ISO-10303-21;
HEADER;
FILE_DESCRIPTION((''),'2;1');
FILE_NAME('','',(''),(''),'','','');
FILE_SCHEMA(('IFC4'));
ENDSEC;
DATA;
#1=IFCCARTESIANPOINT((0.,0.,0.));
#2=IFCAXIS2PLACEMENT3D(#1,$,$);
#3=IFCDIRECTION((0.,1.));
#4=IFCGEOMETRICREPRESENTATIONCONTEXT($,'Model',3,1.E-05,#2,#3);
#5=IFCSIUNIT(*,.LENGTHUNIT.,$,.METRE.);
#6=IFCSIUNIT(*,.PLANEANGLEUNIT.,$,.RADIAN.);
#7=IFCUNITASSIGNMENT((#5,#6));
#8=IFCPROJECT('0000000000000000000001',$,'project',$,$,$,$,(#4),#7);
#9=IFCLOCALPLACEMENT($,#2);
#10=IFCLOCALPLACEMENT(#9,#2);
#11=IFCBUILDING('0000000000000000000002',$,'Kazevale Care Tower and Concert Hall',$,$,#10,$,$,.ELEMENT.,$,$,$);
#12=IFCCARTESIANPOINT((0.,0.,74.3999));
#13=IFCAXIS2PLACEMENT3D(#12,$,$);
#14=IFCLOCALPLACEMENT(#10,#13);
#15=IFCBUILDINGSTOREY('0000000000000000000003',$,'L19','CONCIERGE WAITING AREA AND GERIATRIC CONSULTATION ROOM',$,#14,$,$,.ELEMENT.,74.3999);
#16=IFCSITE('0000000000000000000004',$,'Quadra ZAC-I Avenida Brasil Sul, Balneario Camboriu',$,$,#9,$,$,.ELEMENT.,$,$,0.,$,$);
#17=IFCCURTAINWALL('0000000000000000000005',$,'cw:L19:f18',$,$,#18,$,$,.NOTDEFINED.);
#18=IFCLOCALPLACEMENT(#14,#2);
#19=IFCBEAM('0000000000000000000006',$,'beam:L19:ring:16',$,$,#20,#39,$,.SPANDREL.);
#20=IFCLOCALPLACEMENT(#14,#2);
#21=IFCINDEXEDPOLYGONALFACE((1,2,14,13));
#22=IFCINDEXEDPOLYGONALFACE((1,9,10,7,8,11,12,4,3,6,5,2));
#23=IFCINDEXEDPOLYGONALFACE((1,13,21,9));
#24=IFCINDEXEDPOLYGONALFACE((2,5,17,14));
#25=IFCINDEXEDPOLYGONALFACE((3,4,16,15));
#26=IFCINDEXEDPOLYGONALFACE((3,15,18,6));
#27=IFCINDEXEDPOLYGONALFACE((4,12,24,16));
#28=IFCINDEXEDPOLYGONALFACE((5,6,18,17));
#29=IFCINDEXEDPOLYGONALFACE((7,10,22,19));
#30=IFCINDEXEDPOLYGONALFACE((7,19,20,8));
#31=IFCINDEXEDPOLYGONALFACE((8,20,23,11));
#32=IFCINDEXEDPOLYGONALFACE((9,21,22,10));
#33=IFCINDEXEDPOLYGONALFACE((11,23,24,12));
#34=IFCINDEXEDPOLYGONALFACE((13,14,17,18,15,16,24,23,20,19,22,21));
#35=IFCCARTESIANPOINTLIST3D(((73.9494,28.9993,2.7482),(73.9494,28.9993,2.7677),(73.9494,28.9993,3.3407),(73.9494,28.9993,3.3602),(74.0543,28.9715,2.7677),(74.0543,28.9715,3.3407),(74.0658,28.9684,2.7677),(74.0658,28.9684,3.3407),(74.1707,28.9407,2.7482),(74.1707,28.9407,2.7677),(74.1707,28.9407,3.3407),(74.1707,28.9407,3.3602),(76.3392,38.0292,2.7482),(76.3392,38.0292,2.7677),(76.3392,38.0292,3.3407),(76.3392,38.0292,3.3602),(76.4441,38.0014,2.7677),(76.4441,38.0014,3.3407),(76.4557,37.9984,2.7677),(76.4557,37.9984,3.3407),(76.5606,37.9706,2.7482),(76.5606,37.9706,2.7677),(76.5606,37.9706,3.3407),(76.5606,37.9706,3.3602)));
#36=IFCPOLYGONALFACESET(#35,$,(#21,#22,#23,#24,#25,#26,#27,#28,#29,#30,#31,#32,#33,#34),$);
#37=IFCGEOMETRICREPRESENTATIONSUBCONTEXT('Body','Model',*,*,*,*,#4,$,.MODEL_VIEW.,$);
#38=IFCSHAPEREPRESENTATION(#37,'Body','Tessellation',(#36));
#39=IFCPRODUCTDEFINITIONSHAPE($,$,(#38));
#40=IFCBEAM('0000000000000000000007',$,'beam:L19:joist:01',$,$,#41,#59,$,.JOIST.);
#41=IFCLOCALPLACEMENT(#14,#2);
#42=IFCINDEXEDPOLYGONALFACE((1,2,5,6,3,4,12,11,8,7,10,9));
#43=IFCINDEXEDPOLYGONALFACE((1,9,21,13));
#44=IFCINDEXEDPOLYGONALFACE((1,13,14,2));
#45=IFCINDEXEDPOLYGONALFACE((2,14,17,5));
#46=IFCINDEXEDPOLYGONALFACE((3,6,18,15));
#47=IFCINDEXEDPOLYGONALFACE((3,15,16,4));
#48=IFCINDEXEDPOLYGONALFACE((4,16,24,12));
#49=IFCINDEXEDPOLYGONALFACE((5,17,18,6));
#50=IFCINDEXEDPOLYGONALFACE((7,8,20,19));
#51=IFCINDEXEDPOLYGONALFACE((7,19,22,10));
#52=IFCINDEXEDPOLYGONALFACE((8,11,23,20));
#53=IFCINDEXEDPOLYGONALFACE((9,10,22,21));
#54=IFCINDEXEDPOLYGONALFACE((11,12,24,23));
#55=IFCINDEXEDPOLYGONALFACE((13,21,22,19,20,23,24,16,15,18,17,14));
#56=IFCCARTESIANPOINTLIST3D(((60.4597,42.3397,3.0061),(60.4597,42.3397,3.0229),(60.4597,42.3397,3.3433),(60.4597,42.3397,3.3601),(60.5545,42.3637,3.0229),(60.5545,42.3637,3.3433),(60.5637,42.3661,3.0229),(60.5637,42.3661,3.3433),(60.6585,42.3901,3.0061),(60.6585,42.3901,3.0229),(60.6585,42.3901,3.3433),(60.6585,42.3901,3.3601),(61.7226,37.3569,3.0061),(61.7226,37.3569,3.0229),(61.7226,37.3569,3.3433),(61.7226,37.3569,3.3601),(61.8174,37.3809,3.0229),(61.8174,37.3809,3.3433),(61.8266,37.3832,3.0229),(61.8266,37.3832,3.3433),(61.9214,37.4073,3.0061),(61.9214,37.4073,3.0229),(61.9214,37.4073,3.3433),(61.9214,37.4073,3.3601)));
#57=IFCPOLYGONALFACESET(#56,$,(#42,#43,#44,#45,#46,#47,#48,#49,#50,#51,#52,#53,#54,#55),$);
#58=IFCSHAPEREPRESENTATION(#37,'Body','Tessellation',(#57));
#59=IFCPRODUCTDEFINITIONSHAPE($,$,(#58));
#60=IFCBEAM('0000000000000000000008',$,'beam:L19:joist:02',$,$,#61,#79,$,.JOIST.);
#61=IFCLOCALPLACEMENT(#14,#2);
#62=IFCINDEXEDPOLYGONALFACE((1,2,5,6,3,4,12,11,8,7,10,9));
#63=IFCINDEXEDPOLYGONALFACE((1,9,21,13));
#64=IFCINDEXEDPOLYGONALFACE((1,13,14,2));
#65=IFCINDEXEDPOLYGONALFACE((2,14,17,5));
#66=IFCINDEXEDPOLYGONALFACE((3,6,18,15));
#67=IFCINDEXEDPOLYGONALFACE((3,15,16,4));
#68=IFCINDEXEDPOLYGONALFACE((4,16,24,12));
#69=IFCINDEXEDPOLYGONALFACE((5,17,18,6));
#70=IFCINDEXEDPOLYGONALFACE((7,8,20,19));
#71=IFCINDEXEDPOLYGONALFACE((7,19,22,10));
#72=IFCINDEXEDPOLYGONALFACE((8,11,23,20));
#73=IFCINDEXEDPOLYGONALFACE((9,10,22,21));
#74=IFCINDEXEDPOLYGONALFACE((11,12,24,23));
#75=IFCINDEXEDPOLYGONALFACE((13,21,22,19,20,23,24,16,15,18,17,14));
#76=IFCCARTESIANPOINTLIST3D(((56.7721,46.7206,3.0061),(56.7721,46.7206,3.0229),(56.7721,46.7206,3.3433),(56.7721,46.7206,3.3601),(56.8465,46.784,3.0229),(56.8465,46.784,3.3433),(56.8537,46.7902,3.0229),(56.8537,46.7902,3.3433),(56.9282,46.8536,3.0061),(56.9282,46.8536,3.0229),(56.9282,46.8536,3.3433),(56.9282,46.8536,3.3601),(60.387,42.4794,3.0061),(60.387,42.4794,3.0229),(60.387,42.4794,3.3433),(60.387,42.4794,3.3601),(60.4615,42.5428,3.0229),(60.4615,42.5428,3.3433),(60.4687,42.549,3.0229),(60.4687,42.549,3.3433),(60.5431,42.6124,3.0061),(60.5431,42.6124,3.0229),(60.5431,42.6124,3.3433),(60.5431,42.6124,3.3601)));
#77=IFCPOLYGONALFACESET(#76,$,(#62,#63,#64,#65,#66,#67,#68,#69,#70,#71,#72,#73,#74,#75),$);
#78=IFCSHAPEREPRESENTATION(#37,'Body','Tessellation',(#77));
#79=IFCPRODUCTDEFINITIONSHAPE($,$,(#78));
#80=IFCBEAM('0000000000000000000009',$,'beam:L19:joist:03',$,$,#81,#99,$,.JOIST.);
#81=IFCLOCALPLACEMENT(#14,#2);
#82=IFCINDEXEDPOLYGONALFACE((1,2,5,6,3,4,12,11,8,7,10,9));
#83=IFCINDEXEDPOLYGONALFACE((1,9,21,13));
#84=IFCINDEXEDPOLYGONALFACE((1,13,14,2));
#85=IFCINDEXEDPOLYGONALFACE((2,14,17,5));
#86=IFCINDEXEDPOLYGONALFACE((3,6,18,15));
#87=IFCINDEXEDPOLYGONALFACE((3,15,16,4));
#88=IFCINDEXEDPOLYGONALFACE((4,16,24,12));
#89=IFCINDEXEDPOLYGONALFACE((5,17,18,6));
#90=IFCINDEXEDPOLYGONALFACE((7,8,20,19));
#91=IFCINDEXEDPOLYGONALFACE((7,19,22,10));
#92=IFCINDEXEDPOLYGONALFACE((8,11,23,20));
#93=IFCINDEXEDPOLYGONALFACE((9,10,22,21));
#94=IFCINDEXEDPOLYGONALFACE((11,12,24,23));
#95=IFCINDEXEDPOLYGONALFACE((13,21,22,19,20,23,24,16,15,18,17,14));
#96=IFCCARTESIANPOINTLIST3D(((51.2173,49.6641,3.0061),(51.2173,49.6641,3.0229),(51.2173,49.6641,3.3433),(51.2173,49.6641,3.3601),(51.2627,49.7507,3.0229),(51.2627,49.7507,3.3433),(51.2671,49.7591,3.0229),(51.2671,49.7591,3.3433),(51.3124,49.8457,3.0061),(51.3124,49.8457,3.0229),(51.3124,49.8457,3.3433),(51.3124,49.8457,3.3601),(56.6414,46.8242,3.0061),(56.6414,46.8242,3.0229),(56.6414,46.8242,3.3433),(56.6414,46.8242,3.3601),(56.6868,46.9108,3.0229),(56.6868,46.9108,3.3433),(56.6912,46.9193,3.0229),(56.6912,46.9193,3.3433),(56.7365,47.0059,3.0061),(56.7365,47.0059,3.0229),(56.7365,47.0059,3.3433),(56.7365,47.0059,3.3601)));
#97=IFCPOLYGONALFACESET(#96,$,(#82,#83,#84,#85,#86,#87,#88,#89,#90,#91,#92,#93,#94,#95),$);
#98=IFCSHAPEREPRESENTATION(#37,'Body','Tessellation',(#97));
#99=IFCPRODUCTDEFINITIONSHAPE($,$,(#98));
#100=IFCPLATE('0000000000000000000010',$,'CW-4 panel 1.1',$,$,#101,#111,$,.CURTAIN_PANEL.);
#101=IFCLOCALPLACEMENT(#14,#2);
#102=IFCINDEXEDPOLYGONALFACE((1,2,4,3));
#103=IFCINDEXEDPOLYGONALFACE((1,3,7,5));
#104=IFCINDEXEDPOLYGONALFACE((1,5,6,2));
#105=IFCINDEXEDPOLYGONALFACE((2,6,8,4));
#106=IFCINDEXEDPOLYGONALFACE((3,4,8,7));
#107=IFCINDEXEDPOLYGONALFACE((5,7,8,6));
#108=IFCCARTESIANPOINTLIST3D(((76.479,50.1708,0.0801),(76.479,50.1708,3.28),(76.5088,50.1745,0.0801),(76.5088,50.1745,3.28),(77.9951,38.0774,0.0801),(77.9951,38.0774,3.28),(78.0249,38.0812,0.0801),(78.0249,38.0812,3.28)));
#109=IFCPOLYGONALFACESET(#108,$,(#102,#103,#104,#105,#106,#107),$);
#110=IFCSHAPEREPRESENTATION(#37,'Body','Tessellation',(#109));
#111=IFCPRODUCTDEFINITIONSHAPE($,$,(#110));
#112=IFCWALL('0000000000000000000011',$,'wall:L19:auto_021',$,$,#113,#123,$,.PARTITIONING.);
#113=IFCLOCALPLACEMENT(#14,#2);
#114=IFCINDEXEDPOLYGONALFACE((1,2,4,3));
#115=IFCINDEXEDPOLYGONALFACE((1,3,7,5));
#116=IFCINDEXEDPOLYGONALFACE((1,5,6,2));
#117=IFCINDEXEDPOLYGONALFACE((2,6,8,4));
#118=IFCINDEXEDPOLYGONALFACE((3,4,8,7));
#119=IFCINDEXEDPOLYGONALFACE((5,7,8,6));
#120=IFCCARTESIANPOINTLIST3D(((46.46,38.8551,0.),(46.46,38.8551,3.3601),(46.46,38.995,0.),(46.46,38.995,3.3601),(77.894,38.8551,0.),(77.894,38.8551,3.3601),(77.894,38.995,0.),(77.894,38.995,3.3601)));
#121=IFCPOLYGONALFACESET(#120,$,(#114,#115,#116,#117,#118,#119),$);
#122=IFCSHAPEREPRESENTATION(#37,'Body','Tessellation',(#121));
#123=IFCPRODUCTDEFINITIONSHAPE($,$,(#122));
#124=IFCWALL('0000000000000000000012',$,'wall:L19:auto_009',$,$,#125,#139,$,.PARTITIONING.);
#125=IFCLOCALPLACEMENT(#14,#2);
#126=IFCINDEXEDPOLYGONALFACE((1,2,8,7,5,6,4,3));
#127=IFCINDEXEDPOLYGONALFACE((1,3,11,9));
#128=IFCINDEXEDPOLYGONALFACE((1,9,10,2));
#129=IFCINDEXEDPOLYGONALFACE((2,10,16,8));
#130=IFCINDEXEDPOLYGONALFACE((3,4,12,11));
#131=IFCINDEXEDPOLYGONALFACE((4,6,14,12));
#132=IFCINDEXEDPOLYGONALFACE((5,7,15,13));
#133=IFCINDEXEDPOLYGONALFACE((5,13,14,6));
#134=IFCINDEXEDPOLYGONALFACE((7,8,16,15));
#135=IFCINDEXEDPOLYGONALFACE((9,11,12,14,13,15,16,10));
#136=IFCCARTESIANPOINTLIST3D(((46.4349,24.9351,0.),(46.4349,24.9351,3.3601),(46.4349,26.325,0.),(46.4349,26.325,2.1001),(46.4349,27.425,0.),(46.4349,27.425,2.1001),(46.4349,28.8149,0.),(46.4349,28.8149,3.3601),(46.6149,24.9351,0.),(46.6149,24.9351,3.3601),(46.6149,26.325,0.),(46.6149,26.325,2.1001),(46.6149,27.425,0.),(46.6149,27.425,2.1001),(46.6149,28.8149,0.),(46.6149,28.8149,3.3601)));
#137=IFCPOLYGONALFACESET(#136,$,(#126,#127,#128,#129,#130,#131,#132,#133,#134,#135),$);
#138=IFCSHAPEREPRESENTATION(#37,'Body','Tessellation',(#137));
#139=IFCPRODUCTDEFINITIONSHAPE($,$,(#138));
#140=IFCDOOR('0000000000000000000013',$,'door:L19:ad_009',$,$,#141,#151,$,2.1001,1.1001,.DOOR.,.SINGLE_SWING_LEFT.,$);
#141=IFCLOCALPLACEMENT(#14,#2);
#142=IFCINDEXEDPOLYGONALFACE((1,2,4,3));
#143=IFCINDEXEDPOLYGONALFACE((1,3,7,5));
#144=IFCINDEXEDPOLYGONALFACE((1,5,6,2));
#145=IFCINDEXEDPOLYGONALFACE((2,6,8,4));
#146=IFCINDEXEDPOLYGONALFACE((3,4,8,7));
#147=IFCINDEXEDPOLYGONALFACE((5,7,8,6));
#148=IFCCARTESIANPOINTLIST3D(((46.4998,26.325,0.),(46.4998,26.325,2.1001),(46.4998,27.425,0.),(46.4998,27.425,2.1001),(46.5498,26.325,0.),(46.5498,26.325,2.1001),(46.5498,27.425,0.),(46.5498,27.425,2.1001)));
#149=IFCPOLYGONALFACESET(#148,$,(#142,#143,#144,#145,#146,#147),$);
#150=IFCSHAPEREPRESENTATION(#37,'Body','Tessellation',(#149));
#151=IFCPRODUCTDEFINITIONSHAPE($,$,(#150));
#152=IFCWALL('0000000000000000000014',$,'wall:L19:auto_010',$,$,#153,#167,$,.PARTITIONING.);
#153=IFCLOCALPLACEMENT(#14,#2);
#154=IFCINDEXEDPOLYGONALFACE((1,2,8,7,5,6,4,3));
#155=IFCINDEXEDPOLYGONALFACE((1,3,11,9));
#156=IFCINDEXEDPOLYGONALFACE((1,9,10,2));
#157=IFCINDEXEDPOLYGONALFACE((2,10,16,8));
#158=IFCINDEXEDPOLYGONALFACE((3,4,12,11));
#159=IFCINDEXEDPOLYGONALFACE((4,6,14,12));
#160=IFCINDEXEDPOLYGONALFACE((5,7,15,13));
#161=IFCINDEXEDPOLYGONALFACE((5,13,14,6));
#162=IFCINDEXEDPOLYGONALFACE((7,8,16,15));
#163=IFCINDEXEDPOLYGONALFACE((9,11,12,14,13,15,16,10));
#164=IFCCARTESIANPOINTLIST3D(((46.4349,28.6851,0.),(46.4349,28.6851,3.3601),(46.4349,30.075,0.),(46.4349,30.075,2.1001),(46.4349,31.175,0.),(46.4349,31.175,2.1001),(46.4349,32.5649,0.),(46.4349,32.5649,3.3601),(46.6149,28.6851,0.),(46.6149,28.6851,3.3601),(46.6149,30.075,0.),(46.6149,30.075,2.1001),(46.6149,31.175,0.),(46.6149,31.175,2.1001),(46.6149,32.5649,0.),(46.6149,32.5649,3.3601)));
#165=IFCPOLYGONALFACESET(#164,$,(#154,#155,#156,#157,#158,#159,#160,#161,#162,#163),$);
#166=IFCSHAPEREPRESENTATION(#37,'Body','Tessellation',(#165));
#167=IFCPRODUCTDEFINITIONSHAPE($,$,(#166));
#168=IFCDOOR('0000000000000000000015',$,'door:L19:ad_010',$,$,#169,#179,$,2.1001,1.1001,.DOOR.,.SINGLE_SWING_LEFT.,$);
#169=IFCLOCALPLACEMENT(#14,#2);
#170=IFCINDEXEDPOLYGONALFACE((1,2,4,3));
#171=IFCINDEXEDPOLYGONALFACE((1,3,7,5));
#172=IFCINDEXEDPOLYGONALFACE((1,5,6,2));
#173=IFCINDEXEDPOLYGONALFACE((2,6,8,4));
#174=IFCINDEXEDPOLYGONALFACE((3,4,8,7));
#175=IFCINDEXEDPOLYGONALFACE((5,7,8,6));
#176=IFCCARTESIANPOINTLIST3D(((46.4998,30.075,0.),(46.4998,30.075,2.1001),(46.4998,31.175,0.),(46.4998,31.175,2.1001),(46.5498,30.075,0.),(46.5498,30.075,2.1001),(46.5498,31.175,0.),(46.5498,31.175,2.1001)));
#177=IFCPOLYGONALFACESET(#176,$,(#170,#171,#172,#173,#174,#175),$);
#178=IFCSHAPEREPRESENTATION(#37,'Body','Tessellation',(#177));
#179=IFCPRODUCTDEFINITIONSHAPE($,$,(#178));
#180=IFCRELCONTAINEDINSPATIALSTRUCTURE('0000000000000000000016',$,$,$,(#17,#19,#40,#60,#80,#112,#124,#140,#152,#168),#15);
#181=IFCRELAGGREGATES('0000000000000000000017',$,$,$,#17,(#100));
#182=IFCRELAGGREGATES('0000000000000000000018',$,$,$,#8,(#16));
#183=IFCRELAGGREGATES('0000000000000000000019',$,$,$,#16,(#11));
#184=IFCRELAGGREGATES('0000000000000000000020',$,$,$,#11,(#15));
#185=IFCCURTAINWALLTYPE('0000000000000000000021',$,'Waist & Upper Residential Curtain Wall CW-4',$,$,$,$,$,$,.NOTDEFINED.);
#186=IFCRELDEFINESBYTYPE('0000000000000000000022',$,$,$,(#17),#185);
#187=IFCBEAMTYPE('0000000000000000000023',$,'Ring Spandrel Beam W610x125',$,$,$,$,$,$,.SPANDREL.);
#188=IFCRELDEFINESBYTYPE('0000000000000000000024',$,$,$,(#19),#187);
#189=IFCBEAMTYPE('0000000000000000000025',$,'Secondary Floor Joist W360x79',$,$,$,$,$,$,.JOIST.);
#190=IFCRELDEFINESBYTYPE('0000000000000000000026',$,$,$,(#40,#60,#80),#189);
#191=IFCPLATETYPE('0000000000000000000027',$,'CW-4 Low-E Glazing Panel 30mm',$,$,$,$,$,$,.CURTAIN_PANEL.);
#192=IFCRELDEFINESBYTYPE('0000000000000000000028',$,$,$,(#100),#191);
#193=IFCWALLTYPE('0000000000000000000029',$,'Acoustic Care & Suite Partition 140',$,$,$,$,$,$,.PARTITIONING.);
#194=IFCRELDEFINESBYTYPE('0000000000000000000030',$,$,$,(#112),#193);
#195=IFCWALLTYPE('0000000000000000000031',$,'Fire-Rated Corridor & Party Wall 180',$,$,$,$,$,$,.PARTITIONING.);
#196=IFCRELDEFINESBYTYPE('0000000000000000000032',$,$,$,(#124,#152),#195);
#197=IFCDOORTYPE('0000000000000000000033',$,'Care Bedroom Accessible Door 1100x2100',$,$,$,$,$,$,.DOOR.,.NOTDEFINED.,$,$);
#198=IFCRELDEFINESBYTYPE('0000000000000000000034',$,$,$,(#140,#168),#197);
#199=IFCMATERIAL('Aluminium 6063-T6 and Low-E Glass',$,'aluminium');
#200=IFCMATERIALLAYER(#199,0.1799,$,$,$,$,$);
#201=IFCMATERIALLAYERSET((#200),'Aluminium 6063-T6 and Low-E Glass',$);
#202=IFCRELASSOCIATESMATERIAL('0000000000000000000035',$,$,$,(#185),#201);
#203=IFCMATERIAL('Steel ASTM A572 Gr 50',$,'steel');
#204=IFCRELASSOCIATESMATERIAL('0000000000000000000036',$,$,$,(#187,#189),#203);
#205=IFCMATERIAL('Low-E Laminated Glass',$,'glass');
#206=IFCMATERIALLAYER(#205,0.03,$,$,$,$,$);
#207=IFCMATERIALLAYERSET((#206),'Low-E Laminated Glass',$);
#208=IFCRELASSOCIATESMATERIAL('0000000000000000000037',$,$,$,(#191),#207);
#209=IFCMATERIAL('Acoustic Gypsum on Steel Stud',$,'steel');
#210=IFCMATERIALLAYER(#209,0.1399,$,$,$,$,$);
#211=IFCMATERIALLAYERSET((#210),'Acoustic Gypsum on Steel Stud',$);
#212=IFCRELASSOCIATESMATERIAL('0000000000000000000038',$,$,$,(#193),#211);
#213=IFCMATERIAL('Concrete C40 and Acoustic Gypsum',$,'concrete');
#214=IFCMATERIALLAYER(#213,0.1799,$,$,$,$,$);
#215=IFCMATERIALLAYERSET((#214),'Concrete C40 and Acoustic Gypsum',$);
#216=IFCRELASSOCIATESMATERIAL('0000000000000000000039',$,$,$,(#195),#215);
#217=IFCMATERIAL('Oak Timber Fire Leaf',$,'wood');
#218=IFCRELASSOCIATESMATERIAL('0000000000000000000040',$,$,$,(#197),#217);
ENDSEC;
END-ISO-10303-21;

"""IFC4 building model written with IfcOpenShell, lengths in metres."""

from ifc_helpers import new_model, si_unit, direction, frame, frame_2d, origin, origin_2d, place, context, subcontext, project, spatial, rectangle, i_section, extrude, material, layer, layer_set, material_profile, profile_set, type_object, element, fill, aggregate, save


model = new_model("IFC4")

# Units and contexts
model_context = context("Model", 3, precision=1e-05, world=origin(), true_north=direction((0.0, 1.0)))
body_context = subcontext(model_context, "Body", "Model", "MODEL_VIEW")
ifc_project = project(units=[si_unit("LENGTHUNIT", "METRE"), si_unit("PLANEANGLEUNIT", "RADIAN")], contexts=[model_context])

# Site, building, storey
site_placement = place(None, origin())
site = spatial("IfcSite", under=ifc_project, at=site_placement, Name="Quadra ZAC-I Avenida Brasil Sul, Balneario Camboriu", CompositionType="ELEMENT", RefElevation=0.0)
building_placement = place(site_placement, origin())
building = spatial("IfcBuilding", under=site, at=building_placement, Name="Kazevale Care Tower and Concert Hall", CompositionType="ELEMENT")
storey_placement = place(building_placement, frame((0.0, 0.0, 74.3999)))
storey = spatial("IfcBuildingStorey", under=building, at=storey_placement, Name="L19", Description="CONCIERGE WAITING AREA AND GERIATRIC CONSULTATION ROOM", CompositionType="ELEMENT", Elevation=74.3999)

# Curtain wall
ifc_material_1 = material(Name="Aluminium 6063-T6 and Low-E Glass", Category="aluminium")
ifc_layer_1 = layer(ifc_material_1, 0.1799)
ifc_layer_set_1 = layer_set([ifc_layer_1], Name="Aluminium 6063-T6 and Low-E Glass")
curtain_wall_type = type_object("IfcCurtainWallType", Name="Waist & Upper Residential Curtain Wall CW-4", PredefinedType="NOTDEFINED", material=ifc_layer_set_1)
curtain_wall_placement = place(storey_placement, origin())
curtain_wall = element("IfcCurtainWall", 1, at=curtain_wall_placement, inside=storey, type_object=curtain_wall_type, Name="cw:L19:f18", PredefinedType="NOTDEFINED")

# Beams
ifc_material_2 = material(Name="Steel ASTM A572 Gr 50", Category="steel")
ifc_material_profile_1 = material_profile(ifc_material_2, i_section(OverallWidth=0.229, OverallDepth=0.6121, WebThickness=0.012, FlangeThickness=0.0195, at=origin_2d()), Name="W610x125")
ifc_profile_set_1 = profile_set([ifc_material_profile_1], Name="Steel ASTM A572 Gr 50")
beam_type_1 = type_object("IfcBeamType", Name="Ring Spandrel Beam W610x125", PredefinedType="SPANDREL", material=ifc_profile_set_1)
beam_1_placement = place(storey_placement, frame((74.0601, 28.97, 3.0542), z_axis=(0.255852, 0.966716, 0.0), x_axis=(-0.966716, 0.255852, 0.0)))
element("IfcBeam", 2, at=beam_1_placement, inside=storey, type_object=beam_type_1, Name="beam:L19:ring:16", PredefinedType="SPANDREL", context=body_context, shape_type="SweptSolid", body=[
    extrude(i_section(OverallWidth=0.229, OverallDepth=0.6121, WebThickness=0.012, FlangeThickness=0.0195, at=origin_2d()), origin(), (0.0, 0.0, 1.0), 9.3408),
])
ifc_material_profile_2 = material_profile(ifc_material_2, i_section(OverallWidth=0.2051, OverallDepth=0.354, WebThickness=0.0095, FlangeThickness=0.0168, at=origin_2d()), Name="W360x79")
ifc_profile_set_2 = profile_set([ifc_material_profile_2], Name="Steel ASTM A572 Gr 50")
beam_type_2 = type_object("IfcBeamType", Name="Secondary Floor Joist W360x79", PredefinedType="JOIST", material=ifc_profile_set_2)
beam_2_placement = place(storey_placement, frame((61.822, 37.3821, 3.1831), z_axis=(-0.245686, 0.96935, 0.0), x_axis=(-0.96935, -0.245686, 0.0)))
element("IfcBeam", 3, at=beam_2_placement, inside=storey, type_object=beam_type_2, Name="beam:L19:joist:01", PredefinedType="JOIST", context=body_context, shape_type="SweptSolid", body=[
    extrude(i_section(OverallWidth=0.2051, OverallDepth=0.354, WebThickness=0.0095, FlangeThickness=0.0168, at=origin_2d()), origin(), (0.0, 0.0, 1.0), 5.1404),
])
beam_3_placement = place(storey_placement, frame((60.4651, 42.5459, 3.1831), z_axis=(-0.648686, 0.761057, 0.0), x_axis=(-0.761057, -0.648686, 0.0)))
element("IfcBeam", 4, at=beam_3_placement, inside=storey, type_object=beam_type_2, Name="beam:L19:joist:02", PredefinedType="JOIST", context=body_context, shape_type="SweptSolid", body=[
    extrude(i_section(OverallWidth=0.2051, OverallDepth=0.354, WebThickness=0.0095, FlangeThickness=0.0168, at=origin_2d()), origin(), (0.0, 0.0, 1.0), 5.5728),
])
beam_4_placement = place(storey_placement, frame((56.689, 46.915, 3.1831), z_axis=(-0.885921, 0.463836, 0.0), x_axis=(-0.463836, -0.885921, 0.0)))
element("IfcBeam", 5, at=beam_4_placement, inside=storey, type_object=beam_type_2, Name="beam:L19:joist:03", PredefinedType="JOIST", context=body_context, shape_type="SweptSolid", body=[
    extrude(i_section(OverallWidth=0.2051, OverallDepth=0.354, WebThickness=0.0095, FlangeThickness=0.0168, at=origin_2d()), origin(), (0.0, 0.0, 1.0), 6.1226),
])

# Plate
ifc_material_3 = material(Name="Low-E Laminated Glass", Category="glass")
ifc_layer_2 = layer(ifc_material_3, 0.03)
ifc_layer_set_2 = layer_set([ifc_layer_2], Name="Low-E Laminated Glass")
plate_type = type_object("IfcPlateType", Name="CW-4 Low-E Glazing Panel 30mm", PredefinedType="CURTAIN_PANEL", material=ifc_layer_set_2)
plate_placement = place(storey_placement, frame((77.252, 44.126, 0.0801), z_axis=(0.0, 0.0, 1.0), x_axis=(0.124394, -0.992233, 0.0)))
plate = element("IfcPlate", 6, at=plate_placement, type_object=plate_type, Name="CW-4 panel 1.1", PredefinedType="CURTAIN_PANEL", context=body_context, shape_type="SweptSolid", body=[
    extrude(rectangle(XDim=12.188, YDim=0.03, at=origin_2d()), origin(), (0.0, 0.0, 1.0), 3.2),
])
aggregate(curtain_wall, [plate])

# Wall
ifc_material_4 = material(Name="Acoustic Gypsum on Steel Stud", Category="steel")
ifc_layer_3 = layer(ifc_material_4, 0.1399)
ifc_layer_set_3 = layer_set([ifc_layer_3], Name="Acoustic Gypsum on Steel Stud")
wall_type_1 = type_object("IfcWallType", Name="Acoustic Care & Suite Partition 140", PredefinedType="PARTITIONING", material=ifc_layer_set_3)
wall_1_placement = place(storey_placement, frame((77.894, 38.925, 0.0), z_axis=(0.0, 0.0, 1.0), x_axis=(-1.0, 0.0, 0.0)))
element("IfcWall", 7, at=wall_1_placement, inside=storey, type_object=wall_type_1, Name="wall:L19:auto_021", PredefinedType="PARTITIONING", context=body_context, shape_type="SweptSolid", body=[
    extrude(rectangle(XDim=31.4341, YDim=0.1399, at=frame_2d((15.717, 0.0))), origin(), (0.0, 0.0, 1.0), 3.3601),
])

# Walls, openings, doors
ifc_material_5 = material(Name="Concrete C40 and Acoustic Gypsum", Category="concrete")
ifc_layer_4 = layer(ifc_material_5, 0.1799)
ifc_layer_set_4 = layer_set([ifc_layer_4], Name="Concrete C40 and Acoustic Gypsum")
wall_type_2 = type_object("IfcWallType", Name="Fire-Rated Corridor & Party Wall 180", PredefinedType="PARTITIONING", material=ifc_layer_set_4)
wall_2_placement = place(storey_placement, frame((46.5249, 28.8149, 0.0), z_axis=(0.0, 0.0, 1.0), x_axis=(0.0, -1.0, 0.0)))
wall_2 = element("IfcWall", 8, at=wall_2_placement, inside=storey, type_object=wall_type_2, Name="wall:L19:auto_009", PredefinedType="PARTITIONING", context=body_context, shape_type="SweptSolid", body=[
    extrude(rectangle(XDim=3.8799, YDim=0.1799, at=frame_2d((1.9399, 0.0))), origin(), (0.0, 0.0, 1.0), 3.3601),
])
opening_1_placement = place(wall_2_placement, frame((1.3899, 0.0, 0.0)))
opening_1 = element("IfcOpeningElement", 9, at=opening_1_placement, cuts=wall_2, PredefinedType="OPENING", context=body_context, shape_type="SweptSolid", body=[
    extrude(rectangle(XDim=1.1001, YDim=2.1001, at=frame_2d((0.55, 1.05))), frame((0.0, 0.0999, 0.0), z_axis=(0.0, -1.0, 0.0), x_axis=(1.0, 0.0, 0.0)), (0.0, 0.0, 1.0), 0.2),
])
ifc_material_6 = material(Name="Oak Timber Fire Leaf", Category="wood")
door_type = type_object("IfcDoorType", Name="Care Bedroom Accessible Door 1100x2100", OperationType="NOTDEFINED", PredefinedType="DOOR", material=ifc_material_6)
door_1_placement = place(opening_1_placement, origin())
door_1 = element("IfcDoor", 10, at=door_1_placement, inside=storey, type_object=door_type, Name="door:L19:ad_009", OperationType="SINGLE_SWING_LEFT", OverallHeight=2.1001, OverallWidth=1.1001, PredefinedType="DOOR", context=body_context, shape_type="SweptSolid", body=[
    extrude(rectangle(XDim=1.1001, YDim=2.1001, at=frame_2d((0.55, 1.05))), frame((0.0, 0.0249, 0.0), z_axis=(0.0, -1.0, 0.0), x_axis=(1.0, 0.0, 0.0)), (0.0, 0.0, 1.0), 0.05),
])
fill(opening_1, door_1)
wall_3_placement = place(storey_placement, frame((46.5249, 32.5649, 0.0), z_axis=(0.0, 0.0, 1.0), x_axis=(0.0, -1.0, 0.0)))
wall_3 = element("IfcWall", 11, at=wall_3_placement, inside=storey, type_object=wall_type_2, Name="wall:L19:auto_010", PredefinedType="PARTITIONING", context=body_context, shape_type="SweptSolid", body=[
    extrude(rectangle(XDim=3.8799, YDim=0.1799, at=frame_2d((1.9399, 0.0))), origin(), (0.0, 0.0, 1.0), 3.3601),
])
opening_2_placement = place(wall_3_placement, frame((1.3899, 0.0, 0.0)))
opening_2 = element("IfcOpeningElement", 12, at=opening_2_placement, cuts=wall_3, PredefinedType="OPENING", context=body_context, shape_type="SweptSolid", body=[
    extrude(rectangle(XDim=1.1001, YDim=2.1001, at=frame_2d((0.55, 1.05))), frame((0.0, 0.0999, 0.0), z_axis=(0.0, -1.0, 0.0), x_axis=(1.0, 0.0, 0.0)), (0.0, 0.0, 1.0), 0.2),
])
door_2_placement = place(opening_2_placement, origin())
door_2 = element("IfcDoor", 13, at=door_2_placement, inside=storey, type_object=door_type, Name="door:L19:ad_010", OperationType="SINGLE_SWING_LEFT", OverallHeight=2.1001, OverallWidth=1.1001, PredefinedType="DOOR", context=body_context, shape_type="SweptSolid", body=[
    extrude(rectangle(XDim=1.1001, YDim=2.1001, at=frame_2d((0.55, 1.05))), frame((0.0, 0.0249, 0.0), z_axis=(0.0, -1.0, 0.0), x_axis=(1.0, 0.0, 0.0)), (0.0, 0.0, 1.0), 0.05),
])
fill(opening_2, door_2)

save(model, "model.ifc")
